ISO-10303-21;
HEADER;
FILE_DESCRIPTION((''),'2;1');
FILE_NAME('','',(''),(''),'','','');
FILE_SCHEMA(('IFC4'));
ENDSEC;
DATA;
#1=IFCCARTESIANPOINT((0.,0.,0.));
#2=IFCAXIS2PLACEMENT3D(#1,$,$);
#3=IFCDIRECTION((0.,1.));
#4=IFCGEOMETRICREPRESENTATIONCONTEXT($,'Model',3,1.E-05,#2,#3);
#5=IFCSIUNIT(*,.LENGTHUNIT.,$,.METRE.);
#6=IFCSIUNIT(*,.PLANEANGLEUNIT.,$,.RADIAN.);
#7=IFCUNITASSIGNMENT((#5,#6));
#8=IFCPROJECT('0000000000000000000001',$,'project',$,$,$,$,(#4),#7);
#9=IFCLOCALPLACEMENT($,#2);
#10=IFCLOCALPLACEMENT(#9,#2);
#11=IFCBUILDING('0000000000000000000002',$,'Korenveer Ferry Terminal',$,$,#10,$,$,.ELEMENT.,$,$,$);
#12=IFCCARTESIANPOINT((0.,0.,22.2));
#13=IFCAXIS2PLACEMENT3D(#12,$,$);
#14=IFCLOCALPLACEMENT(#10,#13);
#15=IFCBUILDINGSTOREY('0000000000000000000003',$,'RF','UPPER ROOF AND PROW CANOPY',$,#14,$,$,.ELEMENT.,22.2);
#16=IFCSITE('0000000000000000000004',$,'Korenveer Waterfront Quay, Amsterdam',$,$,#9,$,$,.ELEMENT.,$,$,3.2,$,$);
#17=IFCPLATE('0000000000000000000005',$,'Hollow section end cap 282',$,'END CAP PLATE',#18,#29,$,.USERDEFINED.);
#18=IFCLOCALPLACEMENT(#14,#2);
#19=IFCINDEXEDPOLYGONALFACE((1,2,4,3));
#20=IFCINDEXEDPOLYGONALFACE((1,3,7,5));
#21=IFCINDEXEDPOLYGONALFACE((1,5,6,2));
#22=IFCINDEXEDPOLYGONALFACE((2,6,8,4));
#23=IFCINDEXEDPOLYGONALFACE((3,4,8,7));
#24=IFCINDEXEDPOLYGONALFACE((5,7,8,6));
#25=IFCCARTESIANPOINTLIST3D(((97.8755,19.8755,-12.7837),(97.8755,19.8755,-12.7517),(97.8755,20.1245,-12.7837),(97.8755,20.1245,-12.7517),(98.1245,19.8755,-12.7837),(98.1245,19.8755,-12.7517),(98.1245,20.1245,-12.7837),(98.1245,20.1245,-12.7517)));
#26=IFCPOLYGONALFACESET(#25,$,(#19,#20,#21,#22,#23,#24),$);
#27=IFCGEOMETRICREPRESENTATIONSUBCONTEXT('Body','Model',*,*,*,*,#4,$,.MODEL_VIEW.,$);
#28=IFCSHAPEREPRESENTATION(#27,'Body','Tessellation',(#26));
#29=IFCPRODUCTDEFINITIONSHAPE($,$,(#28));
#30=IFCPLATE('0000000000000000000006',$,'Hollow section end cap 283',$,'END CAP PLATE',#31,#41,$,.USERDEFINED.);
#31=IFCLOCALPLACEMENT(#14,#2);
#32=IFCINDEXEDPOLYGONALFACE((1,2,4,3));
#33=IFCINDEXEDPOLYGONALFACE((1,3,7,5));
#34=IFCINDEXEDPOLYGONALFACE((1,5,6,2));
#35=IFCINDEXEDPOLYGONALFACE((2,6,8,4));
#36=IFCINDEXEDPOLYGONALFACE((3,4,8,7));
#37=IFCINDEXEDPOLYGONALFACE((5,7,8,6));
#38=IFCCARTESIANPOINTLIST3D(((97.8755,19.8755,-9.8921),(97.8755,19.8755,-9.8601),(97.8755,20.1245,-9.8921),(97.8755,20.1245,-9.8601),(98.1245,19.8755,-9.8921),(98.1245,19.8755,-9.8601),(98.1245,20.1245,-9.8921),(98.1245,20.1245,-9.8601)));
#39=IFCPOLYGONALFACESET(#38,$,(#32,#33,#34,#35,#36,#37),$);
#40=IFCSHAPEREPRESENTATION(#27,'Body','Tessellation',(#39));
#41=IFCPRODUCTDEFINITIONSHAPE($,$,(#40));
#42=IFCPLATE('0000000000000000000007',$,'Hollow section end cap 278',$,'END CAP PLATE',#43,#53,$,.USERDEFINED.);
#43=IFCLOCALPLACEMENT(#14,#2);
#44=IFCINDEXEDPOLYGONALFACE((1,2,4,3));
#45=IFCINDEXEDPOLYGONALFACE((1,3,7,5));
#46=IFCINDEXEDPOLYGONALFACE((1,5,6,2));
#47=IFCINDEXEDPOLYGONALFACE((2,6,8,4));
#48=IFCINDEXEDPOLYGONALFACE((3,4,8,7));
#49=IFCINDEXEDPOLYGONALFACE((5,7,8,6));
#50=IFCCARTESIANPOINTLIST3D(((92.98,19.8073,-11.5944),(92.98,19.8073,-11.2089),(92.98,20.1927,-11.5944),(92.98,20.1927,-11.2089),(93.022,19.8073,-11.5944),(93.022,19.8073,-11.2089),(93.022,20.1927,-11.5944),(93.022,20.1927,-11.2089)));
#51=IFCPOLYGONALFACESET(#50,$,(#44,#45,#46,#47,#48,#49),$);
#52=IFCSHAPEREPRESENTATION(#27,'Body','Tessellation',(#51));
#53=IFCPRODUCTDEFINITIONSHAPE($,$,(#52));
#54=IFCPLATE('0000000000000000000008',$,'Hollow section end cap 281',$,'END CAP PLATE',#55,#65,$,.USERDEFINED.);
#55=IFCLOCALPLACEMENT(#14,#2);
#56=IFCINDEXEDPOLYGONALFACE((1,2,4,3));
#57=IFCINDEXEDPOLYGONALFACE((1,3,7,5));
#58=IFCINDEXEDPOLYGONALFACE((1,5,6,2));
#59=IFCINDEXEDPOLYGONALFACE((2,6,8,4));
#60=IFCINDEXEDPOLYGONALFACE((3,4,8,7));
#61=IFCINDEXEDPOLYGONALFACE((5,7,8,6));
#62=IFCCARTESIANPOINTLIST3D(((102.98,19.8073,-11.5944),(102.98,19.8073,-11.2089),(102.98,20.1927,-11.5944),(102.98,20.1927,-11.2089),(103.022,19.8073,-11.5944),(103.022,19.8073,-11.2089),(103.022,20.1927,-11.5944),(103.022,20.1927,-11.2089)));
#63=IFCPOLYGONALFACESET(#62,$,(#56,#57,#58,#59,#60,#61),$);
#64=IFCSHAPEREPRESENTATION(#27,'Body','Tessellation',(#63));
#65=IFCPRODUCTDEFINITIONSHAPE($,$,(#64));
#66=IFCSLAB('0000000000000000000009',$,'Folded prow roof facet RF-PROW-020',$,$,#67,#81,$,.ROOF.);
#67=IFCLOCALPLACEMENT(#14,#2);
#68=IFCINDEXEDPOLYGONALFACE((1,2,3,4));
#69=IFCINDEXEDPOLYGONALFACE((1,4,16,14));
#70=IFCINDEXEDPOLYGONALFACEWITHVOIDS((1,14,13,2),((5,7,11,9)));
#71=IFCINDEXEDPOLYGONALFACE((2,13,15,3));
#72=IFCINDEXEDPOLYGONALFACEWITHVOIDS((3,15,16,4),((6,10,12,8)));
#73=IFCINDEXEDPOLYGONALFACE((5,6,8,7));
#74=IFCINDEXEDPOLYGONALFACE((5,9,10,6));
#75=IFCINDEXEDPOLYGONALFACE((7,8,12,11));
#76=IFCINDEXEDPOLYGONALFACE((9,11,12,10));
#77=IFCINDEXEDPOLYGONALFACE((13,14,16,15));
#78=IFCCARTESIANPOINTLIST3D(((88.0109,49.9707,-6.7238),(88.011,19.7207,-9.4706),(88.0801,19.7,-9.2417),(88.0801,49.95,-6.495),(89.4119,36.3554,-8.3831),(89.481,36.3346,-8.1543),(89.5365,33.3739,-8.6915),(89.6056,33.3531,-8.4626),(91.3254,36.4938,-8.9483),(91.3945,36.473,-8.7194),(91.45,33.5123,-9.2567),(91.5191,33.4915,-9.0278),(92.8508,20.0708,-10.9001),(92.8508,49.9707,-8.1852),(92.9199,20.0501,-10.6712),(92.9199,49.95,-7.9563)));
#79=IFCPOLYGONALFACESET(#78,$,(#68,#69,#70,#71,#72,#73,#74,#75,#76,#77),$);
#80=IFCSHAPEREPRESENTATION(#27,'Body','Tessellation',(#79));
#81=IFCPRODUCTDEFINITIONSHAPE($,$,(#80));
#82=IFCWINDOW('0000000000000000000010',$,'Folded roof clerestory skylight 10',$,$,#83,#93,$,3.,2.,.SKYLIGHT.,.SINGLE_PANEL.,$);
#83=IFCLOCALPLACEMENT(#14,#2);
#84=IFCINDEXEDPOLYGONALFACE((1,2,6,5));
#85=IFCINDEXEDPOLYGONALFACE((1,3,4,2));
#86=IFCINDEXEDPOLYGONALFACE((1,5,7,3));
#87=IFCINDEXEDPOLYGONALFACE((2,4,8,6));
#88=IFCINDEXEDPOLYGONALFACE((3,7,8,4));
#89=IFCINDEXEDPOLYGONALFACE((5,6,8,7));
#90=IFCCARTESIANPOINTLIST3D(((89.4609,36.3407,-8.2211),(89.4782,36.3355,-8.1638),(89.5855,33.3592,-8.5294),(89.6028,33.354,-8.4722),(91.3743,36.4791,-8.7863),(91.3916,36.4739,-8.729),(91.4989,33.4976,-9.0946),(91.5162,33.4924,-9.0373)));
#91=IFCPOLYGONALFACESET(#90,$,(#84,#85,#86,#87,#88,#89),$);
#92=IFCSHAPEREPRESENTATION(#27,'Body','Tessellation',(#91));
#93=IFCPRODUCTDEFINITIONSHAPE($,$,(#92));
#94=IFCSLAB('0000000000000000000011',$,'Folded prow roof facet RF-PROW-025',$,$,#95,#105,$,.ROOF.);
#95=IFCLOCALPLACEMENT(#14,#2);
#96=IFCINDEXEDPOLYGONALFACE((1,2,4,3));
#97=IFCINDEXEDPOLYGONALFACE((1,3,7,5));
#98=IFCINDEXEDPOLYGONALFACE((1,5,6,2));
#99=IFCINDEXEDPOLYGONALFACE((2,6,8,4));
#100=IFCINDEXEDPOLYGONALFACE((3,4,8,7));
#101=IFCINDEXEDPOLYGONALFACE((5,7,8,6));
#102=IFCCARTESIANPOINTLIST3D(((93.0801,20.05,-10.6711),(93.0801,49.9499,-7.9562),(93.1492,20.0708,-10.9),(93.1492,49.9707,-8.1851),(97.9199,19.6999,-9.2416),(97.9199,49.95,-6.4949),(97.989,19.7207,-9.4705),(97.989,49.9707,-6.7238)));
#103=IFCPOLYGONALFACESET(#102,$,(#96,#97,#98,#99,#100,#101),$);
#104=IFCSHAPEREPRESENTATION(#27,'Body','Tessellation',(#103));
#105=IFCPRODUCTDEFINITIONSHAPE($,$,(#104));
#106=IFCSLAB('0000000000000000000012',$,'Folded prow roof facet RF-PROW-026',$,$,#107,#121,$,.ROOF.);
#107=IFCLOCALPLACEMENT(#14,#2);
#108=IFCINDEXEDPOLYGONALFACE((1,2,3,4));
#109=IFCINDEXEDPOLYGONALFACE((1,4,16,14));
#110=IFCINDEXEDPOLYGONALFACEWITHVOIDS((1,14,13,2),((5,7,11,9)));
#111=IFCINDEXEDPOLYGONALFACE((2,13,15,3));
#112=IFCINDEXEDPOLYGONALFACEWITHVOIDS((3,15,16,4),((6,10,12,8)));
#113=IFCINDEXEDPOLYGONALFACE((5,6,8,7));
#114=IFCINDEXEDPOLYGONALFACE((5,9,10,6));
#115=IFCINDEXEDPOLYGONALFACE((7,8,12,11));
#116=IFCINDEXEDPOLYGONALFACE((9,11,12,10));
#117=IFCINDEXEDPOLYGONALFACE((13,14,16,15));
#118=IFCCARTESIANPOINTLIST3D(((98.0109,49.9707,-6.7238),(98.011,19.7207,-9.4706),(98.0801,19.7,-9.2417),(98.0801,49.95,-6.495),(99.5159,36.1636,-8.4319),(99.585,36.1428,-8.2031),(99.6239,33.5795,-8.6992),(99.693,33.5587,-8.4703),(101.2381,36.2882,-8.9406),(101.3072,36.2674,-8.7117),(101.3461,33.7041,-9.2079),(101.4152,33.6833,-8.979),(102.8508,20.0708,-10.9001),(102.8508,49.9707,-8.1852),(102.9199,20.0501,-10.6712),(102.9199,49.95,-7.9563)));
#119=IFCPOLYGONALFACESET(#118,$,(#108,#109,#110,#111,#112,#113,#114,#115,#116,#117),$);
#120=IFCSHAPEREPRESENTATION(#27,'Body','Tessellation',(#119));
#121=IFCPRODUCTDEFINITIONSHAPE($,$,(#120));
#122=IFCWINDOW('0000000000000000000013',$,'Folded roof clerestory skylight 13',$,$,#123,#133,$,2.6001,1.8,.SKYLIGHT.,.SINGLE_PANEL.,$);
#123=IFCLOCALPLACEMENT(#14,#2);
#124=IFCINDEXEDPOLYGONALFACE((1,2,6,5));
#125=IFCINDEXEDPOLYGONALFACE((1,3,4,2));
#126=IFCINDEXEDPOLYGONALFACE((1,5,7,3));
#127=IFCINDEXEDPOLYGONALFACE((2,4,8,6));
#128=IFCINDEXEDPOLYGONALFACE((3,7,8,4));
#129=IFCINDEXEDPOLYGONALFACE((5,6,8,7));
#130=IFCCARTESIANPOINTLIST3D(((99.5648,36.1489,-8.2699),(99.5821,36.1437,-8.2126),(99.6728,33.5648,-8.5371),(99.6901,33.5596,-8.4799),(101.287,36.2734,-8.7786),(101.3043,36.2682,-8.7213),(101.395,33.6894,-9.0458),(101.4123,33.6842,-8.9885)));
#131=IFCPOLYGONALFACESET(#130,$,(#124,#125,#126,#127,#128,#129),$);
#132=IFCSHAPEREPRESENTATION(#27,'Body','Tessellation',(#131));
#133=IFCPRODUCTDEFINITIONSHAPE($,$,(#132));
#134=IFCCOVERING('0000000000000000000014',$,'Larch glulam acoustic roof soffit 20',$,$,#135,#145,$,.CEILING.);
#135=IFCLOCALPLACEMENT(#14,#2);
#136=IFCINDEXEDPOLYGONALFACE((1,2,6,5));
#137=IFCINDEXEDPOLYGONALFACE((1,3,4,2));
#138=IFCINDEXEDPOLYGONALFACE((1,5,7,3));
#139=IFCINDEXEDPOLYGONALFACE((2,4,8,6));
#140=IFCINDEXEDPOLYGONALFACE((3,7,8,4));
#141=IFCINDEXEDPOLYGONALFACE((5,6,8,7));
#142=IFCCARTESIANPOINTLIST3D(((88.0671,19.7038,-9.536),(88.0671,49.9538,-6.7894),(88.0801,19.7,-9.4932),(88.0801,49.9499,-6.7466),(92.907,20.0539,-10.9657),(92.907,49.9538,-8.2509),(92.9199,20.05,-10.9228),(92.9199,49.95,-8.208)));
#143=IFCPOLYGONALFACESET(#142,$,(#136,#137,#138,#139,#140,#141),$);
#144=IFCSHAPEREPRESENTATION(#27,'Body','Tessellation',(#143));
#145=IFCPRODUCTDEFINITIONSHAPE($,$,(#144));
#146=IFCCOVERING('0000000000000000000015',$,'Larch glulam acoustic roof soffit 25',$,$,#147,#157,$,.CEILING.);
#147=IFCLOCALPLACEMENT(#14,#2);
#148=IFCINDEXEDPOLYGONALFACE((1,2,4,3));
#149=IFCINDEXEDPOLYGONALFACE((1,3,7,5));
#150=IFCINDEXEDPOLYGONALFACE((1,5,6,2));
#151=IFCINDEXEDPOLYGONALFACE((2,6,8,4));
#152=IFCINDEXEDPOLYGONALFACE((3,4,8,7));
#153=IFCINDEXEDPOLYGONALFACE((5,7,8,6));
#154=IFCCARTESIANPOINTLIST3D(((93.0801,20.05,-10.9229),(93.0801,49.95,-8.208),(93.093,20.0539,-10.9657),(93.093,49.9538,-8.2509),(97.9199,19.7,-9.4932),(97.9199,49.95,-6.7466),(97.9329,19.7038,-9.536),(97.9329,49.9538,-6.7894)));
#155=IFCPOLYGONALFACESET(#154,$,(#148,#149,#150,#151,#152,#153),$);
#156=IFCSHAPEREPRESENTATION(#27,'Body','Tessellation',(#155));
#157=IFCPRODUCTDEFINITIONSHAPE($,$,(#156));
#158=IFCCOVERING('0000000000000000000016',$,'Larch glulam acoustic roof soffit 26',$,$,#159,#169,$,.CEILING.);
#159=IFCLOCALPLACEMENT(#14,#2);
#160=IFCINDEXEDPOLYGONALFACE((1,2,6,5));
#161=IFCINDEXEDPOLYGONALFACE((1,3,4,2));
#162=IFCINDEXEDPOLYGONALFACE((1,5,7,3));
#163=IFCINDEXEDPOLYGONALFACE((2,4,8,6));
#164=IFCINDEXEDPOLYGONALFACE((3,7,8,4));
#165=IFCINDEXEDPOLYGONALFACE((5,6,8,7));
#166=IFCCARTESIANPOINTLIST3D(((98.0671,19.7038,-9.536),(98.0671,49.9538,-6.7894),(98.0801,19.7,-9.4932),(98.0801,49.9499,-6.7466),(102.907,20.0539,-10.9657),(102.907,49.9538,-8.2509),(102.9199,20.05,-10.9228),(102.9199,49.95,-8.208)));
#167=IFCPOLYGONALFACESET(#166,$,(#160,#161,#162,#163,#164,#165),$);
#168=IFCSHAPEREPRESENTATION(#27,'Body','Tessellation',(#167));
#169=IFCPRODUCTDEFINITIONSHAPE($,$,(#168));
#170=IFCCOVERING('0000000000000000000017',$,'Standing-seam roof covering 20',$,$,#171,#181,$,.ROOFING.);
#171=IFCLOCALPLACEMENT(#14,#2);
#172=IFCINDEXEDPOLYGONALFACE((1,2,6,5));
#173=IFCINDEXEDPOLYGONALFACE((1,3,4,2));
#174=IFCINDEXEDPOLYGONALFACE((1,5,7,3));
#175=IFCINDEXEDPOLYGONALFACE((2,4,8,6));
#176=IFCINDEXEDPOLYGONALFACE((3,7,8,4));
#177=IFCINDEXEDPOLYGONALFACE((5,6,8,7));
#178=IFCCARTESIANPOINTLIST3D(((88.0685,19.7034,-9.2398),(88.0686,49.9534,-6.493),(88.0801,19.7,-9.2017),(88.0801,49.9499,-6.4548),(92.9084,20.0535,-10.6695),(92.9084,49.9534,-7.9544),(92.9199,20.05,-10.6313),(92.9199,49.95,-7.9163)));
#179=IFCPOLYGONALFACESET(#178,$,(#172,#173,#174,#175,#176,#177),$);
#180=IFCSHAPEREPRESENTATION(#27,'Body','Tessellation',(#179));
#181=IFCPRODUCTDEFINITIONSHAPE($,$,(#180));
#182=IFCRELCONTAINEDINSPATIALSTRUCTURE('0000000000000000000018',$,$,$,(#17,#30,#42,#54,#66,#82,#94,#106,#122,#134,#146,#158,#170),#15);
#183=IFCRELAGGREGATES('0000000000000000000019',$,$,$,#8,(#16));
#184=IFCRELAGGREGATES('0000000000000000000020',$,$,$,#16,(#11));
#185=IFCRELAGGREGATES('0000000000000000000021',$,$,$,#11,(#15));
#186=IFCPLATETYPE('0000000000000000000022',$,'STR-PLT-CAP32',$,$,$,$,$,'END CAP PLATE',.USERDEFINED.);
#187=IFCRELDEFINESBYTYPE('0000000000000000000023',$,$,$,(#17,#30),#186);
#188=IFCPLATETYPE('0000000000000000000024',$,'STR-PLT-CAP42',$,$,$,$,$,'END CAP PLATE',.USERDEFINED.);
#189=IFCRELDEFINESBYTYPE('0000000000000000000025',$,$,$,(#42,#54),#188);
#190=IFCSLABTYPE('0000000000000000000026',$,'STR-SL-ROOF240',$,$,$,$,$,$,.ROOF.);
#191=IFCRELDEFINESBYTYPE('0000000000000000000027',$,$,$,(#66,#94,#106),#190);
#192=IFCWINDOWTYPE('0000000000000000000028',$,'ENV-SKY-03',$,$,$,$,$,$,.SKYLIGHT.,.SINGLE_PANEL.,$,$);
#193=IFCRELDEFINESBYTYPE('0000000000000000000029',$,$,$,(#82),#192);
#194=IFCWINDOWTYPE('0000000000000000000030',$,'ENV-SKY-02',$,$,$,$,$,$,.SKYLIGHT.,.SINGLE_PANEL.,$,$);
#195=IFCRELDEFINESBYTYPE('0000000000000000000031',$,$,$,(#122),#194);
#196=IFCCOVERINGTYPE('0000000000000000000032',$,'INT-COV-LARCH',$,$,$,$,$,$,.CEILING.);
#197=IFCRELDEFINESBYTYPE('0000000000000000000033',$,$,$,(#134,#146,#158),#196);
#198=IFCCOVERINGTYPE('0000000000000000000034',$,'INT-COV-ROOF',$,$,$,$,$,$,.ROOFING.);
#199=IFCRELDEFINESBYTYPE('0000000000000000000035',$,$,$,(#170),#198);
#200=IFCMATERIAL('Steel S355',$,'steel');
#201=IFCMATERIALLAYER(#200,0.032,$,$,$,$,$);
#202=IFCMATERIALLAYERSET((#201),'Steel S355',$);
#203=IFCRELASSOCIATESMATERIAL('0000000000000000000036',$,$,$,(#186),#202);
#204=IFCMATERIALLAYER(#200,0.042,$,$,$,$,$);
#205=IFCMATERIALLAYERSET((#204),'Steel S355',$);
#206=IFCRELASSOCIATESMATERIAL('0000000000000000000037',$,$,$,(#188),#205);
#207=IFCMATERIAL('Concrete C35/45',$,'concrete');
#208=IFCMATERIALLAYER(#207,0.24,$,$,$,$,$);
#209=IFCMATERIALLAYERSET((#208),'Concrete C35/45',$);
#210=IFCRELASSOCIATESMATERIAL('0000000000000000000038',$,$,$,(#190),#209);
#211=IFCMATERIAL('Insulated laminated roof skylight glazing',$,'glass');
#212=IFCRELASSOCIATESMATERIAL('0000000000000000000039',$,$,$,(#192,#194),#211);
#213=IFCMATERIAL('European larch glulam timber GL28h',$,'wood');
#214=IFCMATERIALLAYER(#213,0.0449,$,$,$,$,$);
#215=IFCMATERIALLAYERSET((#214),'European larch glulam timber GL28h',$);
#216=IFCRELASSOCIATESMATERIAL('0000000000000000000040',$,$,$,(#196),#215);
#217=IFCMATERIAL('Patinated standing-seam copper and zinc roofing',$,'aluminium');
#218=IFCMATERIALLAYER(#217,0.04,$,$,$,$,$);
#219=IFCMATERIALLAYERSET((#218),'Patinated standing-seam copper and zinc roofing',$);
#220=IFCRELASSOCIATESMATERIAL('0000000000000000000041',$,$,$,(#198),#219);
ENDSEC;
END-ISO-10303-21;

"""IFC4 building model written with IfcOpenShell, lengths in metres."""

from ifc_helpers import new_model, si_unit, direction, frame, origin, origin_2d, place, context, subcontext, project, spatial, polyline, rectangle, outline, extrude, material, layer, layer_set, type_object, element, fill, save


model = new_model("IFC4")

# Units and contexts
model_context = context("Model", 3, precision=1e-05, world=origin(), true_north=direction((0.0, 1.0)))
body_context = subcontext(model_context, "Body", "Model", "MODEL_VIEW")
ifc_project = project(units=[si_unit("LENGTHUNIT", "METRE"), si_unit("PLANEANGLEUNIT", "RADIAN")], contexts=[model_context])

# Site, building, storey
site_placement = place(None, origin())
site = spatial("IfcSite", under=ifc_project, at=site_placement, Name="Korenveer Waterfront Quay, Amsterdam", CompositionType="ELEMENT", RefElevation=3.2)
building_placement = place(site_placement, origin())
building = spatial("IfcBuilding", under=site, at=building_placement, Name="Korenveer Ferry Terminal", CompositionType="ELEMENT")
storey_placement = place(building_placement, frame((0.0, 0.0, 22.2)))
storey = spatial("IfcBuildingStorey", under=building, at=storey_placement, Name="RF", Description="UPPER ROOF AND PROW CANOPY", CompositionType="ELEMENT", Elevation=22.2)

# Shared definitions
ifc_material_1 = material(Name="Steel S355", Category="steel")

# Plates
ifc_layer_1 = layer(ifc_material_1, 0.032)
ifc_layer_set_1 = layer_set([ifc_layer_1], Name="Steel S355")
plate_type_1 = type_object("IfcPlateType", Name="STR-PLT-CAP32", ElementType="END CAP PLATE", PredefinedType="USERDEFINED", material=ifc_layer_set_1)
for number, where, z_axis, x_axis, name in (
    (1, (98.0, 20.0, -12.7837), (0.0, 0.0, 1.0), (1.0, 0.0, 0.0), "Hollow section end cap 282"),
    (2, (98.0, 20.0, -9.8921), (0.0, 0.0, 1.0), (1.0, 0.0, 0.0), "Hollow section end cap 283"),
):
    element("IfcPlate", number, at=place(storey_placement, frame(where, z_axis=z_axis, x_axis=x_axis)), inside=storey, type_object=plate_type_1, Name=name, ObjectType="END CAP PLATE", PredefinedType="USERDEFINED", context=body_context, shape_type="SweptSolid", body=[
        extrude(rectangle(XDim=0.249, YDim=0.249, at=origin_2d()), origin(), (0.0, 0.0, 1.0), 0.032),
    ])
ifc_layer_2 = layer(ifc_material_1, 0.042)
ifc_layer_set_2 = layer_set([ifc_layer_2], Name="Steel S355")
plate_type_2 = type_object("IfcPlateType", Name="STR-PLT-CAP42", ElementType="END CAP PLATE", PredefinedType="USERDEFINED", material=ifc_layer_set_2)
for number, where, z_axis, x_axis, name in (
    (3, (92.98, 20.0, -11.4016), (1.0, 0.0, 0.0), (0.0, 1.0, 0.0), "Hollow section end cap 278"),
    (4, (102.98, 20.0, -11.4016), (1.0, 0.0, 0.0), (0.0, 1.0, 0.0), "Hollow section end cap 281"),
):
    element("IfcPlate", number, at=place(storey_placement, frame(where, z_axis=z_axis, x_axis=x_axis)), inside=storey, type_object=plate_type_2, Name=name, ObjectType="END CAP PLATE", PredefinedType="USERDEFINED", context=body_context, shape_type="SweptSolid", body=[
        extrude(rectangle(XDim=0.3855, YDim=0.3855, at=origin_2d()), origin(), (0.0, 0.0, 1.0), 0.042),
    ])

# Slab, opening, window
ifc_material_2 = material(Name="Concrete C35/45", Category="concrete")
ifc_layer_3 = layer(ifc_material_2, 0.24)
ifc_layer_set_3 = layer_set([ifc_layer_3], Name="Concrete C35/45")
slab_type = type_object("IfcSlabType", Name="STR-SL-ROOF240", PredefinedType="ROOF", material=ifc_layer_set_3)
slab_1_placement = place(storey_placement, frame((88.0801, 19.7, -9.2417), z_axis=(0.287963, -0.086599, 0.953718), x_axis=(0.95674, 0.069209, -0.282591)))
slab_1 = element("IfcSlab", 5, at=slab_1_placement, inside=storey, type_object=slab_type, Name="Folded prow roof facet RF-PROW-020", PredefinedType="ROOF", context=body_context, shape_type="SweptSolid", body=[
    extrude(outline(polyline([(0.0, 0.0), (5.0587, 0.0), (6.3608, 29.9946), (1.3174, 30.3459), (0.0, 0.0)])), origin(), (0.0, 0.0, -1.0), 0.24),
])
opening_1_placement = place(slab_1_placement, frame((3.1843, 15.0857, 0.01)))
opening_1 = element("IfcOpeningElement", 6, at=opening_1_placement, cuts=slab_1, PredefinedType="OPENING", context=body_context, shape_type="SweptSolid", body=[
    extrude(rectangle(XDim=2.0, YDim=3.0, at=origin_2d()), origin(), (0.0, 0.0, -1.0), 0.26),
])
ifc_material_3 = material(Name="Insulated laminated roof skylight glazing", Category="glass")
window_type_1 = type_object("IfcWindowType", Name="ENV-SKY-03", PartitioningType="SINGLE_PANEL", PredefinedType="SKYLIGHT", material=ifc_material_3)
window_1_placement = place(slab_1_placement, frame((3.1843, 15.0857, -0.01)))
window_1 = element("IfcWindow", 7, at=window_1_placement, inside=storey, type_object=window_type_1, Name="Folded roof clerestory skylight 10", OverallHeight=3.0, OverallWidth=2.0, PartitioningType="SINGLE_PANEL", PredefinedType="SKYLIGHT", context=body_context, shape_type="SweptSolid", body=[
    extrude(rectangle(XDim=2.0, YDim=3.0, at=origin_2d()), origin(), (0.0, 0.0, -1.0), 0.0601),
])
fill(opening_1, window_1)

# Slab
slab_2_placement = place(storey_placement, frame((93.0801, 20.05, -10.6711), z_axis=(-0.287963, -0.086599, 0.953718), x_axis=(0.95674, -0.069209, 0.282591)))
element("IfcSlab", 8, at=slab_2_placement, inside=storey, type_object=slab_type, Name="Folded prow roof facet RF-PROW-025", PredefinedType="ROOF", context=body_context, shape_type="SweptSolid", body=[
    extrude(outline(polyline([(0.0, 0.0), (5.0587, 0.0), (3.7413, 30.3459), (-1.3022, 29.9946), (0.0, 0.0)])), origin(), (0.0, 0.0, -1.0), 0.24),
])

# Slab, opening, window
slab_3_placement = place(storey_placement, frame((98.0801, 19.7, -9.2417), z_axis=(0.287963, -0.086599, 0.953718), x_axis=(0.95674, 0.069209, -0.282591)))
slab_3 = element("IfcSlab", 9, at=slab_3_placement, inside=storey, type_object=slab_type, Name="Folded prow roof facet RF-PROW-026", PredefinedType="ROOF", context=body_context, shape_type="SweptSolid", body=[
    extrude(outline(polyline([(0.0, 0.0), (5.0587, 0.0), (6.3608, 29.9946), (1.3174, 30.3459), (0.0, 0.0)])), origin(), (0.0, 0.0, -1.0), 0.24),
])
opening_2_placement = place(slab_3_placement, frame((3.1843, 15.0857, 0.01)))
opening_2 = element("IfcOpeningElement", 10, at=opening_2_placement, cuts=slab_3, PredefinedType="OPENING", context=body_context, shape_type="SweptSolid", body=[
    extrude(rectangle(XDim=1.8, YDim=2.6001, at=origin_2d()), origin(), (0.0, 0.0, -1.0), 0.26),
])
window_type_2 = type_object("IfcWindowType", Name="ENV-SKY-02", PartitioningType="SINGLE_PANEL", PredefinedType="SKYLIGHT", material=ifc_material_3)
window_2_placement = place(slab_3_placement, frame((3.1843, 15.0857, -0.01)))
window_2 = element("IfcWindow", 11, at=window_2_placement, inside=storey, type_object=window_type_2, Name="Folded roof clerestory skylight 13", OverallHeight=2.6001, OverallWidth=1.8, PartitioningType="SINGLE_PANEL", PredefinedType="SKYLIGHT", context=body_context, shape_type="SweptSolid", body=[
    extrude(rectangle(XDim=1.8, YDim=2.6001, at=origin_2d()), origin(), (0.0, 0.0, -1.0), 0.0601),
])
fill(opening_2, window_2)

# Coverings
ifc_material_4 = material(Name="European larch glulam timber GL28h", Category="wood")
ifc_layer_4 = layer(ifc_material_4, 0.0449)
ifc_layer_set_4 = layer_set([ifc_layer_4], Name="European larch glulam timber GL28h")
covering_type_1 = type_object("IfcCoveringType", Name="INT-COV-LARCH", PredefinedType="CEILING", material=ifc_layer_set_4)
covering_1_placement = place(storey_placement, frame((88.0801, 19.7, -9.4932), z_axis=(0.287985, -0.086594, 0.953712), x_axis=(0.956734, 0.069206, -0.282614)))
element("IfcCovering", 12, at=covering_1_placement, inside=storey, type_object=covering_type_1, Name="Larch glulam acoustic roof soffit 20", PredefinedType="CEILING", context=body_context, shape_type="SweptSolid", body=[
    extrude(outline(polyline([(0.0, 0.0), (5.0587, 0.0), (6.3607, 29.9947), (1.3173, 30.3459), (0.0, 0.0)])), origin(), (0.0, 0.0, -1.0), 0.0449),
])
covering_2_placement = place(storey_placement, frame((93.0801, 20.05, -10.9229), z_axis=(-0.287985, -0.086594, 0.953712), x_axis=(0.956734, -0.069206, 0.282614)))
element("IfcCovering", 13, at=covering_2_placement, inside=storey, type_object=covering_type_1, Name="Larch glulam acoustic roof soffit 25", PredefinedType="CEILING", context=body_context, shape_type="SweptSolid", body=[
    extrude(outline(polyline([(0.0, 0.0), (5.0587, 0.0), (3.7415, 30.3459), (-1.302, 29.9947), (0.0, 0.0)])), origin(), (0.0, 0.0, -1.0), 0.0449),
])
covering_3_placement = place(storey_placement, frame((98.0801, 19.7, -9.4932), z_axis=(0.287985, -0.086594, 0.953712), x_axis=(0.956734, 0.069206, -0.282614)))
element("IfcCovering", 14, at=covering_3_placement, inside=storey, type_object=covering_type_1, Name="Larch glulam acoustic roof soffit 26", PredefinedType="CEILING", context=body_context, shape_type="SweptSolid", body=[
    extrude(outline(polyline([(0.0, 0.0), (5.0587, 0.0), (6.3607, 29.9947), (1.3173, 30.3459), (0.0, 0.0)])), origin(), (0.0, 0.0, -1.0), 0.0449),
])
ifc_material_5 = material(Name="Patinated standing-seam copper and zinc roofing", Category="aluminium")
ifc_layer_5 = layer(ifc_material_5, 0.04)
ifc_layer_set_5 = layer_set([ifc_layer_5], Name="Patinated standing-seam copper and zinc roofing")
covering_type_2 = type_object("IfcCoveringType", Name="INT-COV-ROOF", PredefinedType="ROOFING", material=ifc_layer_set_5)
covering_4_placement = place(storey_placement, frame((88.0801, 19.7, -9.2017), z_axis=(0.287985, -0.086602, 0.953711), x_axis=(0.956734, 0.069206, -0.282614)))
element("IfcCovering", 15, at=covering_4_placement, inside=storey, type_object=covering_type_2, Name="Standing-seam roof covering 20", PredefinedType="ROOFING", context=body_context, shape_type="SweptSolid", body=[
    extrude(outline(polyline([(0.0, 0.0), (5.0587, 0.0), (6.3607, 29.9947), (1.3172, 30.3459), (0.0, 0.0)])), origin(), (0.0, 0.0, -1.0), 0.04),
])

save(model, "model.ifc")
